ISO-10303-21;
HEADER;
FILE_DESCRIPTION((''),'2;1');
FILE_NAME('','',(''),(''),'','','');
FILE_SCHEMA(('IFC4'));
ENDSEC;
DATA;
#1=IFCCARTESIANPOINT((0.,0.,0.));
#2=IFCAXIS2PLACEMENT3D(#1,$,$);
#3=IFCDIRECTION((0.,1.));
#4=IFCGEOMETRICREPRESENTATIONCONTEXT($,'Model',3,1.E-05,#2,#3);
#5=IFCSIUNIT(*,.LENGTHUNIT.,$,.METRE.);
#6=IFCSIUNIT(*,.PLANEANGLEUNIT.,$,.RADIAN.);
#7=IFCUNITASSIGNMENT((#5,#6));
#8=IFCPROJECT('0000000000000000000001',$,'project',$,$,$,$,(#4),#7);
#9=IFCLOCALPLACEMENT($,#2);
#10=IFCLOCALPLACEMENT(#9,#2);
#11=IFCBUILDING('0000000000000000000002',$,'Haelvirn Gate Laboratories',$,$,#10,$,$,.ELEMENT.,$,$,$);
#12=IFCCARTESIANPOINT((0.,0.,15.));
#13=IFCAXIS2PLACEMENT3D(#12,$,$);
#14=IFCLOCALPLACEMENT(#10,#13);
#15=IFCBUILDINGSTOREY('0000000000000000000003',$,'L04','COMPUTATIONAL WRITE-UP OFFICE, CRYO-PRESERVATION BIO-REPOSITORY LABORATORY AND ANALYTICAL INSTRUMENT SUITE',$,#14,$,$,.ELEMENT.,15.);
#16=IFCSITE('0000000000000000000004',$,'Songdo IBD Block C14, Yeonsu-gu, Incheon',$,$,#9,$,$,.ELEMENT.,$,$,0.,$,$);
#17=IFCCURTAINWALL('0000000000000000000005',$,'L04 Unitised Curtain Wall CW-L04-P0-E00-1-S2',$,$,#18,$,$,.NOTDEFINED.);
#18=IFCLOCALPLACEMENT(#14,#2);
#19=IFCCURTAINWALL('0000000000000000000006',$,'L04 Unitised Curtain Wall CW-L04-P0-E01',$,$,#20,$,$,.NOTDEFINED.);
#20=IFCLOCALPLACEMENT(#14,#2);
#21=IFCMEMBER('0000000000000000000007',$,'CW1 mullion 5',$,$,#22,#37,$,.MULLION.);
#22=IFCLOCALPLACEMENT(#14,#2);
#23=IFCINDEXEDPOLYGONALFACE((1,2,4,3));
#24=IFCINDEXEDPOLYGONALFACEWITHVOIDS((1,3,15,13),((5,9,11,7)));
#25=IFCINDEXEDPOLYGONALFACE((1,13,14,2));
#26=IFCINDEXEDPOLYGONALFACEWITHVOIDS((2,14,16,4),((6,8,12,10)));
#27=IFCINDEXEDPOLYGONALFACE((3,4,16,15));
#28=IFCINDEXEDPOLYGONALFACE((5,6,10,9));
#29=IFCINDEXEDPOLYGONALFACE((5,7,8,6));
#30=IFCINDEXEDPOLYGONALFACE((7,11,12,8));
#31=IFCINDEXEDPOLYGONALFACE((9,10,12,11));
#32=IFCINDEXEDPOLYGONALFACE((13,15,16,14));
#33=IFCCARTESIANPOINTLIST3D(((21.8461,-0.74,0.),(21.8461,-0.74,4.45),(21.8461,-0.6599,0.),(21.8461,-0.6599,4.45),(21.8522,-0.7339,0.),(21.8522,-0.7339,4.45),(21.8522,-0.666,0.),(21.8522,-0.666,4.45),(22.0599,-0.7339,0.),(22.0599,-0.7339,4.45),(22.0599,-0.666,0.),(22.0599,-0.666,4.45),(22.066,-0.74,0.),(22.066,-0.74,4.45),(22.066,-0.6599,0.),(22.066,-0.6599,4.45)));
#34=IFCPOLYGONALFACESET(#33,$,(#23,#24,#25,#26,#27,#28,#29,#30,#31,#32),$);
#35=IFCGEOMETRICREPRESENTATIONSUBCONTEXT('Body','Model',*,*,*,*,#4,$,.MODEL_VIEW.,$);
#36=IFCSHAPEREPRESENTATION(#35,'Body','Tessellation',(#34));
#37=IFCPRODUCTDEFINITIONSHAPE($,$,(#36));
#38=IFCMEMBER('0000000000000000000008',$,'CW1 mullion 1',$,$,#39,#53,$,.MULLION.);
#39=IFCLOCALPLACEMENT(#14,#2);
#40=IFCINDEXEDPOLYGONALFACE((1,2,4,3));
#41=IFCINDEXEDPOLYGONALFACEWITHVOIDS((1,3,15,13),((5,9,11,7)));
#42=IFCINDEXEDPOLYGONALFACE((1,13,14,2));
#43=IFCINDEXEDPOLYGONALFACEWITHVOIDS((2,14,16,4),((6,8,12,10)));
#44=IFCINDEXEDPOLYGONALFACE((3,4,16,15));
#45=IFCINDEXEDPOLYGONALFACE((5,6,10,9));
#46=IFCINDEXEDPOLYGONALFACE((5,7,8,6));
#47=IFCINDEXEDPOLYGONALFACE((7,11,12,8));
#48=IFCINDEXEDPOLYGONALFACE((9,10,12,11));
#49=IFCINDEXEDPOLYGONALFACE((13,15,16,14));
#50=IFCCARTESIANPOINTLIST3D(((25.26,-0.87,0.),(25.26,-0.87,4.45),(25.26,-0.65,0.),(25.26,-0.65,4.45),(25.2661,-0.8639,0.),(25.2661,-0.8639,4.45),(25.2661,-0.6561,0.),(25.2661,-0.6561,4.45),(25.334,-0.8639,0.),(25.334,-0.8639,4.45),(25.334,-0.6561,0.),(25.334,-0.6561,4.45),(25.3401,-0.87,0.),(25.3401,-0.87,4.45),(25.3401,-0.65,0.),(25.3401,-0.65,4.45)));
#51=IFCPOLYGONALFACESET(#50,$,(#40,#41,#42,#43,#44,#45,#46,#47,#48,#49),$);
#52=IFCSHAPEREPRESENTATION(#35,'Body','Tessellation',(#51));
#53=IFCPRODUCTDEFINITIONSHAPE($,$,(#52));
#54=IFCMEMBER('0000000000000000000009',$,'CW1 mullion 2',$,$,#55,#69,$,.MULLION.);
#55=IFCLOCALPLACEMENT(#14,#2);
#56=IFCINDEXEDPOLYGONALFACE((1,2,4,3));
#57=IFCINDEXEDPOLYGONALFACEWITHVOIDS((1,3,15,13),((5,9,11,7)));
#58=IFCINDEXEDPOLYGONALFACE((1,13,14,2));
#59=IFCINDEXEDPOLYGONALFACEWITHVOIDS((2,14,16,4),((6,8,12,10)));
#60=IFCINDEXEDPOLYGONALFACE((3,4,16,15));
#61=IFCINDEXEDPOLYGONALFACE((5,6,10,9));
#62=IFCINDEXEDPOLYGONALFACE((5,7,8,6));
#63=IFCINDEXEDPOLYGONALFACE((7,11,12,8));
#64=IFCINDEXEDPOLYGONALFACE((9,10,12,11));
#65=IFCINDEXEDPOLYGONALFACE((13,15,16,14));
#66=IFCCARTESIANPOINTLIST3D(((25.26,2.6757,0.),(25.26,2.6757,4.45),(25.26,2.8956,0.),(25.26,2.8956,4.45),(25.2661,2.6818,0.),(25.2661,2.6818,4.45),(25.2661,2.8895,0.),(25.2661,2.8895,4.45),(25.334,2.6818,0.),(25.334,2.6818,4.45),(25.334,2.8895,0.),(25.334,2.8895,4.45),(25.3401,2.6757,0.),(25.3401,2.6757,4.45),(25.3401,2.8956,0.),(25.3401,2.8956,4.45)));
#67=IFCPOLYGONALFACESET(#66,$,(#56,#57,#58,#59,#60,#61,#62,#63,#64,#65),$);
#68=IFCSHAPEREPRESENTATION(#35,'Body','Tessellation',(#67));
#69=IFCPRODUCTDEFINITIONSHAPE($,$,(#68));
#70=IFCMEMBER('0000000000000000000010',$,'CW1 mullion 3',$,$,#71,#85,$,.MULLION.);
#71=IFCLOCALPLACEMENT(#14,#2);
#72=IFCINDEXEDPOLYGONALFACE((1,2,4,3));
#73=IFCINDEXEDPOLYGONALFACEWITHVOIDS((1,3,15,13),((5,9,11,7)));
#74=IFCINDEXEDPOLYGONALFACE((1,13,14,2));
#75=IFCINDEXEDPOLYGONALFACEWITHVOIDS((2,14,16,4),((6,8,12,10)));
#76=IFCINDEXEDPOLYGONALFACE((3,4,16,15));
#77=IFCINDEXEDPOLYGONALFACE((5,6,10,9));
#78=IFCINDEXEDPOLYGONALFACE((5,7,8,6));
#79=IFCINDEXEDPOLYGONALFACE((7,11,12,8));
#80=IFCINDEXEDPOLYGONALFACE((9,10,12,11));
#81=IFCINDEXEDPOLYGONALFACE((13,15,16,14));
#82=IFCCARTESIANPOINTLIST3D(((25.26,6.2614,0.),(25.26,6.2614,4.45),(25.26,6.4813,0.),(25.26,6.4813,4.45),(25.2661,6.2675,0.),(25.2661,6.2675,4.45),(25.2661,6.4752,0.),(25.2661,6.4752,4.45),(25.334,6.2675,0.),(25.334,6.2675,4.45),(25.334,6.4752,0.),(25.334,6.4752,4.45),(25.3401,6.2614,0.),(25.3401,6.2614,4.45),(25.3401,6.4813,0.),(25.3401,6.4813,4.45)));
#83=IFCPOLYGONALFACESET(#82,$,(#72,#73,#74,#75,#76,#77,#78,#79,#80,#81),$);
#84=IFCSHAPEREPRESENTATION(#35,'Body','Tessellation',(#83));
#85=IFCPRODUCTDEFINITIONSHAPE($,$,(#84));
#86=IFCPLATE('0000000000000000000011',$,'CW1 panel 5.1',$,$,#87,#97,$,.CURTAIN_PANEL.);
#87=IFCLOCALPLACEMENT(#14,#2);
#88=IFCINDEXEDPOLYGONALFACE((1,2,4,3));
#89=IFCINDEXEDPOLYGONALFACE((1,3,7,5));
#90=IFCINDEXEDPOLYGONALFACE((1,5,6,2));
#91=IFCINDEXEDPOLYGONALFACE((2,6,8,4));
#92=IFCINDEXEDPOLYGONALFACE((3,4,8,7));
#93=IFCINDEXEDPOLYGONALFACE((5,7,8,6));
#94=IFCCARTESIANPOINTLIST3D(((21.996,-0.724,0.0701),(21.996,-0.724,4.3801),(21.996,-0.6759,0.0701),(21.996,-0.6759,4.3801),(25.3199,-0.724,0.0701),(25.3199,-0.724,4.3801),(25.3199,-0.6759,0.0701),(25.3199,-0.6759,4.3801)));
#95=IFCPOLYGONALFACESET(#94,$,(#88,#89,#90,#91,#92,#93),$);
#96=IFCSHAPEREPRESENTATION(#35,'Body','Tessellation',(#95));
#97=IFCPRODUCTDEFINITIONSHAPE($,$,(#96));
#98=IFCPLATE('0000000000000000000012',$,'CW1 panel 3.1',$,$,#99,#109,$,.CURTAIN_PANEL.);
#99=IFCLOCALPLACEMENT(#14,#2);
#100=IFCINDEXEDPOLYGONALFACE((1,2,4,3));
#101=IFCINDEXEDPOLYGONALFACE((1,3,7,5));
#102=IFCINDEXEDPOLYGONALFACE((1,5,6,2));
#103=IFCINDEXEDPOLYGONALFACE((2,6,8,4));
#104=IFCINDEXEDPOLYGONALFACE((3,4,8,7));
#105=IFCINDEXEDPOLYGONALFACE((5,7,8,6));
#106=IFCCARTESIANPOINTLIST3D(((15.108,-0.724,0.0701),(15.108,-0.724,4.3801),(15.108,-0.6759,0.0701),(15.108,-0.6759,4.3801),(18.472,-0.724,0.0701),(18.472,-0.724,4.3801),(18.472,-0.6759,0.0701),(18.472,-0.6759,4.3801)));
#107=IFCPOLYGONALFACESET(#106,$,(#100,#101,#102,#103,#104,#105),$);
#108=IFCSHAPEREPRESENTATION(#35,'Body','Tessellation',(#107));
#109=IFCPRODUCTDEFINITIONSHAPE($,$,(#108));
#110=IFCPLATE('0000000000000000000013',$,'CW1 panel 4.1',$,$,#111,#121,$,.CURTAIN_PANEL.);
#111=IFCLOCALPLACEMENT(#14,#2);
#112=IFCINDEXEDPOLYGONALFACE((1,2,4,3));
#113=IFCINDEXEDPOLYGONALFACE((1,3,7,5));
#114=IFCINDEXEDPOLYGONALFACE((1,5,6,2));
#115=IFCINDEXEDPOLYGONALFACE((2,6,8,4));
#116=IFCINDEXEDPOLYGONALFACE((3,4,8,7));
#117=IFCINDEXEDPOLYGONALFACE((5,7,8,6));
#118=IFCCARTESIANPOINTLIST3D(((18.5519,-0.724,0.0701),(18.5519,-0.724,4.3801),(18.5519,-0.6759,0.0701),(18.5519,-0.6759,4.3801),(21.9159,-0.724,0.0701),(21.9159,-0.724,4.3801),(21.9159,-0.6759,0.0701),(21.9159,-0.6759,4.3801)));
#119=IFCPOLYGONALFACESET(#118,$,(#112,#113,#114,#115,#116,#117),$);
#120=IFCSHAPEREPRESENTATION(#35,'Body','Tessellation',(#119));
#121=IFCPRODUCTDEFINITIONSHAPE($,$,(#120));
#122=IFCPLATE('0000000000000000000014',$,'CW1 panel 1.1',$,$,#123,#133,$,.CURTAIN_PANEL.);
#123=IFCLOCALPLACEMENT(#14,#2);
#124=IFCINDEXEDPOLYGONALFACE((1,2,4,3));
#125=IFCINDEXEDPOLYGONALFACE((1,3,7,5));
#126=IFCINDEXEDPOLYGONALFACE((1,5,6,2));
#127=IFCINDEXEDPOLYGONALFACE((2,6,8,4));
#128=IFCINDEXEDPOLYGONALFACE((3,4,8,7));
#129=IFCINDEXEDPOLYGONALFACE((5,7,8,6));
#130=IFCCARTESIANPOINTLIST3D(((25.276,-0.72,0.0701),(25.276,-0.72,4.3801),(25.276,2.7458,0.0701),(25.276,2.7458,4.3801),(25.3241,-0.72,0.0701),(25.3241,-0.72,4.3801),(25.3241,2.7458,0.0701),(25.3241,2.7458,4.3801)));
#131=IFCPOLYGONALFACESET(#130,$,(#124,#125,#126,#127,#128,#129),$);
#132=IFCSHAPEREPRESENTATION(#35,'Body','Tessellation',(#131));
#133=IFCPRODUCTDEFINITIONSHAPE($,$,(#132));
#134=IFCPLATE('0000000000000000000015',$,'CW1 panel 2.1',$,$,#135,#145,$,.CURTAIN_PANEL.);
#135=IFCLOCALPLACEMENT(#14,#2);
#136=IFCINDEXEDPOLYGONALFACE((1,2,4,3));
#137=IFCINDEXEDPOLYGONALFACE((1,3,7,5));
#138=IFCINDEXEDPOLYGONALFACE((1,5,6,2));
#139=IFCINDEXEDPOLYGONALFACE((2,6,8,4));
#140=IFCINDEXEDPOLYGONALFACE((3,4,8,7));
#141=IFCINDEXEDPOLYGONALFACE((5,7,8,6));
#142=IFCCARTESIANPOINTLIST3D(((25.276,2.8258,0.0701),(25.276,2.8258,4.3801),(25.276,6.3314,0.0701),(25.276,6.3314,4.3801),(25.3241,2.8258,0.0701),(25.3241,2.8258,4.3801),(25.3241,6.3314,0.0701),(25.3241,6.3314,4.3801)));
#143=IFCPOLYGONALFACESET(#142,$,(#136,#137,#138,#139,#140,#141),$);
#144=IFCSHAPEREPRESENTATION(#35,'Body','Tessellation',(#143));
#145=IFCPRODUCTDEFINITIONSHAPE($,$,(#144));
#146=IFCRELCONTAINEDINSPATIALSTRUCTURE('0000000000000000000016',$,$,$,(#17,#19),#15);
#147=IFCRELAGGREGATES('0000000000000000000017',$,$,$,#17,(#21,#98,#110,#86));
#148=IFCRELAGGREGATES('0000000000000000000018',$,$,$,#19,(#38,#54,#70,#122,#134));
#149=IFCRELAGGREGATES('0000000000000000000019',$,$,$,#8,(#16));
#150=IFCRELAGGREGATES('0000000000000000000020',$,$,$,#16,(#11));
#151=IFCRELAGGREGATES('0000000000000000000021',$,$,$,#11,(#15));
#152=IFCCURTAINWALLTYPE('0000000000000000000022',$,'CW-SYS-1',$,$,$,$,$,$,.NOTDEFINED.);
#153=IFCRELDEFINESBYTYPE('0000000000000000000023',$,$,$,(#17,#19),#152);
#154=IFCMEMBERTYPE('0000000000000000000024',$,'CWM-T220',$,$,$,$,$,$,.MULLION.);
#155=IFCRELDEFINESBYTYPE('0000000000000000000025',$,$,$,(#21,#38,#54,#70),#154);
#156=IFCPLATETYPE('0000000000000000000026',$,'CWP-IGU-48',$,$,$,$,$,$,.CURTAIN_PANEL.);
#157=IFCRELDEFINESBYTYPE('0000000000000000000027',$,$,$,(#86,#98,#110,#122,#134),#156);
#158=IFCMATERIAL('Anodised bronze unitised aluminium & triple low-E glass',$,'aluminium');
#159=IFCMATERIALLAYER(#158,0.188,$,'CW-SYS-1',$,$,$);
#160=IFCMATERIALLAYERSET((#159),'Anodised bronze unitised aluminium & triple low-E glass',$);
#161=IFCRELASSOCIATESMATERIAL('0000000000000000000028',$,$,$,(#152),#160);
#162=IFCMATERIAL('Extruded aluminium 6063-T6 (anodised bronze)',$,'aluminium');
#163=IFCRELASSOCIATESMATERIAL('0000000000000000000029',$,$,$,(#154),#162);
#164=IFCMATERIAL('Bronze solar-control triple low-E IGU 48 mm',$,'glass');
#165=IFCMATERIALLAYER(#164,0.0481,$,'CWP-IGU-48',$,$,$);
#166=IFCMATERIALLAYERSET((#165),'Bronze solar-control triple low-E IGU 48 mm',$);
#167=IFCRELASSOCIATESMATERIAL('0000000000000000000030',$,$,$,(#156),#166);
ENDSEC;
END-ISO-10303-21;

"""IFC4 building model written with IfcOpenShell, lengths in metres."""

from ifc_helpers import new_model, si_unit, direction, frame, origin, origin_2d, place, context, subcontext, project, spatial, rectangle, hollow_rectangle, extrude, source, transform, mapped, material, layer, layer_set, material_profile, profile_set, type_object, type_shapes, element, aggregate, save


model = new_model("IFC4")

# Units and contexts
model_context = context("Model", 3, precision=1e-05, world=origin(), true_north=direction((0.0, 1.0)))
body_context = subcontext(model_context, "Body", "Model", "MODEL_VIEW")
ifc_project = project(units=[si_unit("LENGTHUNIT", "METRE"), si_unit("PLANEANGLEUNIT", "RADIAN")], contexts=[model_context])

# Site, building, storey
site_placement = place(None, origin())
site = spatial("IfcSite", under=ifc_project, at=site_placement, Name="Songdo IBD Block C14, Yeonsu-gu, Incheon", CompositionType="ELEMENT", RefElevation=0.0)
building_placement = place(site_placement, origin())
building = spatial("IfcBuilding", under=site, at=building_placement, Name="Haelvirn Gate Laboratories", CompositionType="ELEMENT")
storey_placement = place(building_placement, frame((0.0, 0.0, 15.0)))
storey = spatial("IfcBuildingStorey", under=building, at=storey_placement, Name="L04", Description="COMPUTATIONAL WRITE-UP OFFICE, CRYO-PRESERVATION BIO-REPOSITORY LABORATORY AND ANALYTICAL INSTRUMENT SUITE", CompositionType="ELEMENT", Elevation=15.0)

# Curtain walls
ifc_material_1 = material(Name="Anodised bronze unitised aluminium & triple low-E glass", Category="aluminium")
ifc_layer_1 = layer(ifc_material_1, 0.188, Name="CW-SYS-1")
ifc_layer_set_1 = layer_set([ifc_layer_1], Name="Anodised bronze unitised aluminium & triple low-E glass")
curtain_wall_type = type_object("IfcCurtainWallType", Name="CW-SYS-1", PredefinedType="NOTDEFINED", material=ifc_layer_set_1)
curtain_wall_1_placement = place(storey_placement, origin())
curtain_wall_1 = element("IfcCurtainWall", 1, at=curtain_wall_1_placement, inside=storey, type_object=curtain_wall_type, Name="L04 Unitised Curtain Wall CW-L04-P0-E00-1-S2", PredefinedType="NOTDEFINED")
ifc_material_2 = material(Name="Extruded aluminium 6063-T6 (anodised bronze)", Category="aluminium")
curtain_wall_2_placement = place(storey_placement, origin())
curtain_wall_2 = element("IfcCurtainWall", 2, at=curtain_wall_2_placement, inside=storey, type_object=curtain_wall_type, Name="L04 Unitised Curtain Wall CW-L04-P0-E01", PredefinedType="NOTDEFINED")

# Members
ifc_material_profile_1 = material_profile(ifc_material_2, hollow_rectangle(XDim=0.0801, YDim=0.22, WallThickness=0.0061, at=origin_2d()), Name="CWM-220x80x6")
ifc_profile_set_1 = profile_set([ifc_material_profile_1], Name="Extruded aluminium 6063-T6 (anodised bronze)")
member_type_1 = type_object("IfcMemberType", Name="CWM-T220", PredefinedType="MULLION", material=ifc_profile_set_1)
shared_shape_1 = source(origin(), body_context, "Body", "SweptSolid", [
    extrude(hollow_rectangle(XDim=0.0801, YDim=0.22, WallThickness=0.0061, at=origin_2d()), origin(), (0.0, 0.0, 1.0), 4.45),
])
type_shapes(member_type_1, [shared_shape_1])
member_1_placement = place(storey_placement, frame((21.9561, -0.7, 0.0), z_axis=(0.0, 0.0, 1.0), x_axis=(0.0, 1.0, 0.0)))
member_1 = element("IfcMember", 3, at=member_1_placement, type_object=member_type_1, Name="CW1 mullion 5", PredefinedType="MULLION", context=body_context, shape_type="MappedRepresentation", body=[
    mapped(shared_shape_1, transform((0.0, 0.0, 0.0), scale=1.0)),
])
member_2_placement = place(storey_placement, frame((25.3, -0.76, 0.0), z_axis=(0.0, 0.0, 1.0), x_axis=(-1.0, 0.0, 0.0)))
member_2 = element("IfcMember", 4, at=member_2_placement, type_object=member_type_1, Name="CW1 mullion 1", PredefinedType="MULLION", context=body_context, shape_type="MappedRepresentation", body=[
    mapped(shared_shape_1, transform((0.0, 0.0, 0.0), scale=1.0)),
])
member_3_placement = place(storey_placement, frame((25.3, 2.7856, 0.0), z_axis=(0.0, 0.0, 1.0), x_axis=(-1.0, 0.0, 0.0)))
member_3 = element("IfcMember", 5, at=member_3_placement, type_object=member_type_1, Name="CW1 mullion 2", PredefinedType="MULLION", context=body_context, shape_type="MappedRepresentation", body=[
    mapped(shared_shape_1, transform((0.0, 0.0, 0.0), scale=1.0)),
])
member_4_placement = place(storey_placement, frame((25.3, 6.3713, 0.0), z_axis=(0.0, 0.0, 1.0), x_axis=(-1.0, 0.0, 0.0)))
member_4 = element("IfcMember", 6, at=member_4_placement, type_object=member_type_1, Name="CW1 mullion 3", PredefinedType="MULLION", context=body_context, shape_type="MappedRepresentation", body=[
    mapped(shared_shape_1, transform((0.0, 0.0, 0.0), scale=1.0)),
])

# Plates
ifc_material_3 = material(Name="Bronze solar-control triple low-E IGU 48 mm", Category="glass")
ifc_layer_2 = layer(ifc_material_3, 0.0481, Name="CWP-IGU-48")
ifc_layer_set_2 = layer_set([ifc_layer_2], Name="Bronze solar-control triple low-E IGU 48 mm")
plate_type = type_object("IfcPlateType", Name="CWP-IGU-48", PredefinedType="CURTAIN_PANEL", material=ifc_layer_set_2)
shared_shape_2 = source(origin(), body_context, "Body", "SweptSolid", [
    extrude(rectangle(XDim=3.324, YDim=0.0481, at=origin_2d()), origin(), (0.0, 0.0, 1.0), 4.3101),
])
plate_1_placement = place(storey_placement, frame((23.658, -0.7, 0.0701), z_axis=(0.0, 0.0, 1.0), x_axis=(1.0, 0.0, 0.0)))
plate_1 = element("IfcPlate", 7, at=plate_1_placement, type_object=plate_type, Name="CW1 panel 5.1", PredefinedType="CURTAIN_PANEL", context=body_context, shape_type="MappedRepresentation", body=[
    mapped(shared_shape_2, transform((0.0, 0.0, 0.0), scale=1.0)),
])
shared_shape_3 = source(origin(), body_context, "Body", "SweptSolid", [
    extrude(rectangle(XDim=3.364, YDim=0.0481, at=origin_2d()), origin(), (0.0, 0.0, 1.0), 4.3101),
])
plate_2_placement = place(storey_placement, frame((16.79, -0.7, 0.0701), z_axis=(0.0, 0.0, 1.0), x_axis=(1.0, 0.0, 0.0)))
plate_2 = element("IfcPlate", 8, at=plate_2_placement, type_object=plate_type, Name="CW1 panel 3.1", PredefinedType="CURTAIN_PANEL", context=body_context, shape_type="MappedRepresentation", body=[
    mapped(shared_shape_3, transform((0.0, 0.0, 0.0), scale=1.0)),
])
plate_3_placement = place(storey_placement, frame((20.2339, -0.7, 0.0701), z_axis=(0.0, 0.0, 1.0), x_axis=(1.0, 0.0, 0.0)))
plate_3 = element("IfcPlate", 9, at=plate_3_placement, type_object=plate_type, Name="CW1 panel 4.1", PredefinedType="CURTAIN_PANEL", context=body_context, shape_type="MappedRepresentation", body=[
    mapped(shared_shape_3, transform((0.0, 0.0, 0.0), scale=1.0)),
])
aggregate(curtain_wall_1, [member_1, plate_2, plate_3, plate_1])
shared_shape_4 = source(origin(), body_context, "Body", "SweptSolid", [
    extrude(rectangle(XDim=3.4658, YDim=0.0481, at=origin_2d()), origin(), (0.0, 0.0, 1.0), 4.3101),
])
plate_4_placement = place(storey_placement, frame((25.3, 1.0129, 0.0701), z_axis=(0.0, 0.0, 1.0), x_axis=(0.0, 1.0, 0.0)))
plate_4 = element("IfcPlate", 10, at=plate_4_placement, type_object=plate_type, Name="CW1 panel 1.1", PredefinedType="CURTAIN_PANEL", context=body_context, shape_type="MappedRepresentation", body=[
    mapped(shared_shape_4, transform((0.0, 0.0, 0.0), scale=1.0)),
])
shared_shape_5 = source(origin(), body_context, "Body", "SweptSolid", [
    extrude(rectangle(XDim=3.5056, YDim=0.0481, at=origin_2d()), origin(), (0.0, 0.0, 1.0), 4.3101),
])
type_shapes(plate_type, [shared_shape_2, shared_shape_3, shared_shape_4, shared_shape_5])
plate_5_placement = place(storey_placement, frame((25.3, 4.5786, 0.0701), z_axis=(0.0, 0.0, 1.0), x_axis=(0.0, 1.0, 0.0)))
plate_5 = element("IfcPlate", 11, at=plate_5_placement, type_object=plate_type, Name="CW1 panel 2.1", PredefinedType="CURTAIN_PANEL", context=body_context, shape_type="MappedRepresentation", body=[
    mapped(shared_shape_5, transform((0.0, 0.0, 0.0), scale=1.0)),
])
aggregate(curtain_wall_2, [member_2, member_3, member_4, plate_4, plate_5])

save(model, "model.ifc")
